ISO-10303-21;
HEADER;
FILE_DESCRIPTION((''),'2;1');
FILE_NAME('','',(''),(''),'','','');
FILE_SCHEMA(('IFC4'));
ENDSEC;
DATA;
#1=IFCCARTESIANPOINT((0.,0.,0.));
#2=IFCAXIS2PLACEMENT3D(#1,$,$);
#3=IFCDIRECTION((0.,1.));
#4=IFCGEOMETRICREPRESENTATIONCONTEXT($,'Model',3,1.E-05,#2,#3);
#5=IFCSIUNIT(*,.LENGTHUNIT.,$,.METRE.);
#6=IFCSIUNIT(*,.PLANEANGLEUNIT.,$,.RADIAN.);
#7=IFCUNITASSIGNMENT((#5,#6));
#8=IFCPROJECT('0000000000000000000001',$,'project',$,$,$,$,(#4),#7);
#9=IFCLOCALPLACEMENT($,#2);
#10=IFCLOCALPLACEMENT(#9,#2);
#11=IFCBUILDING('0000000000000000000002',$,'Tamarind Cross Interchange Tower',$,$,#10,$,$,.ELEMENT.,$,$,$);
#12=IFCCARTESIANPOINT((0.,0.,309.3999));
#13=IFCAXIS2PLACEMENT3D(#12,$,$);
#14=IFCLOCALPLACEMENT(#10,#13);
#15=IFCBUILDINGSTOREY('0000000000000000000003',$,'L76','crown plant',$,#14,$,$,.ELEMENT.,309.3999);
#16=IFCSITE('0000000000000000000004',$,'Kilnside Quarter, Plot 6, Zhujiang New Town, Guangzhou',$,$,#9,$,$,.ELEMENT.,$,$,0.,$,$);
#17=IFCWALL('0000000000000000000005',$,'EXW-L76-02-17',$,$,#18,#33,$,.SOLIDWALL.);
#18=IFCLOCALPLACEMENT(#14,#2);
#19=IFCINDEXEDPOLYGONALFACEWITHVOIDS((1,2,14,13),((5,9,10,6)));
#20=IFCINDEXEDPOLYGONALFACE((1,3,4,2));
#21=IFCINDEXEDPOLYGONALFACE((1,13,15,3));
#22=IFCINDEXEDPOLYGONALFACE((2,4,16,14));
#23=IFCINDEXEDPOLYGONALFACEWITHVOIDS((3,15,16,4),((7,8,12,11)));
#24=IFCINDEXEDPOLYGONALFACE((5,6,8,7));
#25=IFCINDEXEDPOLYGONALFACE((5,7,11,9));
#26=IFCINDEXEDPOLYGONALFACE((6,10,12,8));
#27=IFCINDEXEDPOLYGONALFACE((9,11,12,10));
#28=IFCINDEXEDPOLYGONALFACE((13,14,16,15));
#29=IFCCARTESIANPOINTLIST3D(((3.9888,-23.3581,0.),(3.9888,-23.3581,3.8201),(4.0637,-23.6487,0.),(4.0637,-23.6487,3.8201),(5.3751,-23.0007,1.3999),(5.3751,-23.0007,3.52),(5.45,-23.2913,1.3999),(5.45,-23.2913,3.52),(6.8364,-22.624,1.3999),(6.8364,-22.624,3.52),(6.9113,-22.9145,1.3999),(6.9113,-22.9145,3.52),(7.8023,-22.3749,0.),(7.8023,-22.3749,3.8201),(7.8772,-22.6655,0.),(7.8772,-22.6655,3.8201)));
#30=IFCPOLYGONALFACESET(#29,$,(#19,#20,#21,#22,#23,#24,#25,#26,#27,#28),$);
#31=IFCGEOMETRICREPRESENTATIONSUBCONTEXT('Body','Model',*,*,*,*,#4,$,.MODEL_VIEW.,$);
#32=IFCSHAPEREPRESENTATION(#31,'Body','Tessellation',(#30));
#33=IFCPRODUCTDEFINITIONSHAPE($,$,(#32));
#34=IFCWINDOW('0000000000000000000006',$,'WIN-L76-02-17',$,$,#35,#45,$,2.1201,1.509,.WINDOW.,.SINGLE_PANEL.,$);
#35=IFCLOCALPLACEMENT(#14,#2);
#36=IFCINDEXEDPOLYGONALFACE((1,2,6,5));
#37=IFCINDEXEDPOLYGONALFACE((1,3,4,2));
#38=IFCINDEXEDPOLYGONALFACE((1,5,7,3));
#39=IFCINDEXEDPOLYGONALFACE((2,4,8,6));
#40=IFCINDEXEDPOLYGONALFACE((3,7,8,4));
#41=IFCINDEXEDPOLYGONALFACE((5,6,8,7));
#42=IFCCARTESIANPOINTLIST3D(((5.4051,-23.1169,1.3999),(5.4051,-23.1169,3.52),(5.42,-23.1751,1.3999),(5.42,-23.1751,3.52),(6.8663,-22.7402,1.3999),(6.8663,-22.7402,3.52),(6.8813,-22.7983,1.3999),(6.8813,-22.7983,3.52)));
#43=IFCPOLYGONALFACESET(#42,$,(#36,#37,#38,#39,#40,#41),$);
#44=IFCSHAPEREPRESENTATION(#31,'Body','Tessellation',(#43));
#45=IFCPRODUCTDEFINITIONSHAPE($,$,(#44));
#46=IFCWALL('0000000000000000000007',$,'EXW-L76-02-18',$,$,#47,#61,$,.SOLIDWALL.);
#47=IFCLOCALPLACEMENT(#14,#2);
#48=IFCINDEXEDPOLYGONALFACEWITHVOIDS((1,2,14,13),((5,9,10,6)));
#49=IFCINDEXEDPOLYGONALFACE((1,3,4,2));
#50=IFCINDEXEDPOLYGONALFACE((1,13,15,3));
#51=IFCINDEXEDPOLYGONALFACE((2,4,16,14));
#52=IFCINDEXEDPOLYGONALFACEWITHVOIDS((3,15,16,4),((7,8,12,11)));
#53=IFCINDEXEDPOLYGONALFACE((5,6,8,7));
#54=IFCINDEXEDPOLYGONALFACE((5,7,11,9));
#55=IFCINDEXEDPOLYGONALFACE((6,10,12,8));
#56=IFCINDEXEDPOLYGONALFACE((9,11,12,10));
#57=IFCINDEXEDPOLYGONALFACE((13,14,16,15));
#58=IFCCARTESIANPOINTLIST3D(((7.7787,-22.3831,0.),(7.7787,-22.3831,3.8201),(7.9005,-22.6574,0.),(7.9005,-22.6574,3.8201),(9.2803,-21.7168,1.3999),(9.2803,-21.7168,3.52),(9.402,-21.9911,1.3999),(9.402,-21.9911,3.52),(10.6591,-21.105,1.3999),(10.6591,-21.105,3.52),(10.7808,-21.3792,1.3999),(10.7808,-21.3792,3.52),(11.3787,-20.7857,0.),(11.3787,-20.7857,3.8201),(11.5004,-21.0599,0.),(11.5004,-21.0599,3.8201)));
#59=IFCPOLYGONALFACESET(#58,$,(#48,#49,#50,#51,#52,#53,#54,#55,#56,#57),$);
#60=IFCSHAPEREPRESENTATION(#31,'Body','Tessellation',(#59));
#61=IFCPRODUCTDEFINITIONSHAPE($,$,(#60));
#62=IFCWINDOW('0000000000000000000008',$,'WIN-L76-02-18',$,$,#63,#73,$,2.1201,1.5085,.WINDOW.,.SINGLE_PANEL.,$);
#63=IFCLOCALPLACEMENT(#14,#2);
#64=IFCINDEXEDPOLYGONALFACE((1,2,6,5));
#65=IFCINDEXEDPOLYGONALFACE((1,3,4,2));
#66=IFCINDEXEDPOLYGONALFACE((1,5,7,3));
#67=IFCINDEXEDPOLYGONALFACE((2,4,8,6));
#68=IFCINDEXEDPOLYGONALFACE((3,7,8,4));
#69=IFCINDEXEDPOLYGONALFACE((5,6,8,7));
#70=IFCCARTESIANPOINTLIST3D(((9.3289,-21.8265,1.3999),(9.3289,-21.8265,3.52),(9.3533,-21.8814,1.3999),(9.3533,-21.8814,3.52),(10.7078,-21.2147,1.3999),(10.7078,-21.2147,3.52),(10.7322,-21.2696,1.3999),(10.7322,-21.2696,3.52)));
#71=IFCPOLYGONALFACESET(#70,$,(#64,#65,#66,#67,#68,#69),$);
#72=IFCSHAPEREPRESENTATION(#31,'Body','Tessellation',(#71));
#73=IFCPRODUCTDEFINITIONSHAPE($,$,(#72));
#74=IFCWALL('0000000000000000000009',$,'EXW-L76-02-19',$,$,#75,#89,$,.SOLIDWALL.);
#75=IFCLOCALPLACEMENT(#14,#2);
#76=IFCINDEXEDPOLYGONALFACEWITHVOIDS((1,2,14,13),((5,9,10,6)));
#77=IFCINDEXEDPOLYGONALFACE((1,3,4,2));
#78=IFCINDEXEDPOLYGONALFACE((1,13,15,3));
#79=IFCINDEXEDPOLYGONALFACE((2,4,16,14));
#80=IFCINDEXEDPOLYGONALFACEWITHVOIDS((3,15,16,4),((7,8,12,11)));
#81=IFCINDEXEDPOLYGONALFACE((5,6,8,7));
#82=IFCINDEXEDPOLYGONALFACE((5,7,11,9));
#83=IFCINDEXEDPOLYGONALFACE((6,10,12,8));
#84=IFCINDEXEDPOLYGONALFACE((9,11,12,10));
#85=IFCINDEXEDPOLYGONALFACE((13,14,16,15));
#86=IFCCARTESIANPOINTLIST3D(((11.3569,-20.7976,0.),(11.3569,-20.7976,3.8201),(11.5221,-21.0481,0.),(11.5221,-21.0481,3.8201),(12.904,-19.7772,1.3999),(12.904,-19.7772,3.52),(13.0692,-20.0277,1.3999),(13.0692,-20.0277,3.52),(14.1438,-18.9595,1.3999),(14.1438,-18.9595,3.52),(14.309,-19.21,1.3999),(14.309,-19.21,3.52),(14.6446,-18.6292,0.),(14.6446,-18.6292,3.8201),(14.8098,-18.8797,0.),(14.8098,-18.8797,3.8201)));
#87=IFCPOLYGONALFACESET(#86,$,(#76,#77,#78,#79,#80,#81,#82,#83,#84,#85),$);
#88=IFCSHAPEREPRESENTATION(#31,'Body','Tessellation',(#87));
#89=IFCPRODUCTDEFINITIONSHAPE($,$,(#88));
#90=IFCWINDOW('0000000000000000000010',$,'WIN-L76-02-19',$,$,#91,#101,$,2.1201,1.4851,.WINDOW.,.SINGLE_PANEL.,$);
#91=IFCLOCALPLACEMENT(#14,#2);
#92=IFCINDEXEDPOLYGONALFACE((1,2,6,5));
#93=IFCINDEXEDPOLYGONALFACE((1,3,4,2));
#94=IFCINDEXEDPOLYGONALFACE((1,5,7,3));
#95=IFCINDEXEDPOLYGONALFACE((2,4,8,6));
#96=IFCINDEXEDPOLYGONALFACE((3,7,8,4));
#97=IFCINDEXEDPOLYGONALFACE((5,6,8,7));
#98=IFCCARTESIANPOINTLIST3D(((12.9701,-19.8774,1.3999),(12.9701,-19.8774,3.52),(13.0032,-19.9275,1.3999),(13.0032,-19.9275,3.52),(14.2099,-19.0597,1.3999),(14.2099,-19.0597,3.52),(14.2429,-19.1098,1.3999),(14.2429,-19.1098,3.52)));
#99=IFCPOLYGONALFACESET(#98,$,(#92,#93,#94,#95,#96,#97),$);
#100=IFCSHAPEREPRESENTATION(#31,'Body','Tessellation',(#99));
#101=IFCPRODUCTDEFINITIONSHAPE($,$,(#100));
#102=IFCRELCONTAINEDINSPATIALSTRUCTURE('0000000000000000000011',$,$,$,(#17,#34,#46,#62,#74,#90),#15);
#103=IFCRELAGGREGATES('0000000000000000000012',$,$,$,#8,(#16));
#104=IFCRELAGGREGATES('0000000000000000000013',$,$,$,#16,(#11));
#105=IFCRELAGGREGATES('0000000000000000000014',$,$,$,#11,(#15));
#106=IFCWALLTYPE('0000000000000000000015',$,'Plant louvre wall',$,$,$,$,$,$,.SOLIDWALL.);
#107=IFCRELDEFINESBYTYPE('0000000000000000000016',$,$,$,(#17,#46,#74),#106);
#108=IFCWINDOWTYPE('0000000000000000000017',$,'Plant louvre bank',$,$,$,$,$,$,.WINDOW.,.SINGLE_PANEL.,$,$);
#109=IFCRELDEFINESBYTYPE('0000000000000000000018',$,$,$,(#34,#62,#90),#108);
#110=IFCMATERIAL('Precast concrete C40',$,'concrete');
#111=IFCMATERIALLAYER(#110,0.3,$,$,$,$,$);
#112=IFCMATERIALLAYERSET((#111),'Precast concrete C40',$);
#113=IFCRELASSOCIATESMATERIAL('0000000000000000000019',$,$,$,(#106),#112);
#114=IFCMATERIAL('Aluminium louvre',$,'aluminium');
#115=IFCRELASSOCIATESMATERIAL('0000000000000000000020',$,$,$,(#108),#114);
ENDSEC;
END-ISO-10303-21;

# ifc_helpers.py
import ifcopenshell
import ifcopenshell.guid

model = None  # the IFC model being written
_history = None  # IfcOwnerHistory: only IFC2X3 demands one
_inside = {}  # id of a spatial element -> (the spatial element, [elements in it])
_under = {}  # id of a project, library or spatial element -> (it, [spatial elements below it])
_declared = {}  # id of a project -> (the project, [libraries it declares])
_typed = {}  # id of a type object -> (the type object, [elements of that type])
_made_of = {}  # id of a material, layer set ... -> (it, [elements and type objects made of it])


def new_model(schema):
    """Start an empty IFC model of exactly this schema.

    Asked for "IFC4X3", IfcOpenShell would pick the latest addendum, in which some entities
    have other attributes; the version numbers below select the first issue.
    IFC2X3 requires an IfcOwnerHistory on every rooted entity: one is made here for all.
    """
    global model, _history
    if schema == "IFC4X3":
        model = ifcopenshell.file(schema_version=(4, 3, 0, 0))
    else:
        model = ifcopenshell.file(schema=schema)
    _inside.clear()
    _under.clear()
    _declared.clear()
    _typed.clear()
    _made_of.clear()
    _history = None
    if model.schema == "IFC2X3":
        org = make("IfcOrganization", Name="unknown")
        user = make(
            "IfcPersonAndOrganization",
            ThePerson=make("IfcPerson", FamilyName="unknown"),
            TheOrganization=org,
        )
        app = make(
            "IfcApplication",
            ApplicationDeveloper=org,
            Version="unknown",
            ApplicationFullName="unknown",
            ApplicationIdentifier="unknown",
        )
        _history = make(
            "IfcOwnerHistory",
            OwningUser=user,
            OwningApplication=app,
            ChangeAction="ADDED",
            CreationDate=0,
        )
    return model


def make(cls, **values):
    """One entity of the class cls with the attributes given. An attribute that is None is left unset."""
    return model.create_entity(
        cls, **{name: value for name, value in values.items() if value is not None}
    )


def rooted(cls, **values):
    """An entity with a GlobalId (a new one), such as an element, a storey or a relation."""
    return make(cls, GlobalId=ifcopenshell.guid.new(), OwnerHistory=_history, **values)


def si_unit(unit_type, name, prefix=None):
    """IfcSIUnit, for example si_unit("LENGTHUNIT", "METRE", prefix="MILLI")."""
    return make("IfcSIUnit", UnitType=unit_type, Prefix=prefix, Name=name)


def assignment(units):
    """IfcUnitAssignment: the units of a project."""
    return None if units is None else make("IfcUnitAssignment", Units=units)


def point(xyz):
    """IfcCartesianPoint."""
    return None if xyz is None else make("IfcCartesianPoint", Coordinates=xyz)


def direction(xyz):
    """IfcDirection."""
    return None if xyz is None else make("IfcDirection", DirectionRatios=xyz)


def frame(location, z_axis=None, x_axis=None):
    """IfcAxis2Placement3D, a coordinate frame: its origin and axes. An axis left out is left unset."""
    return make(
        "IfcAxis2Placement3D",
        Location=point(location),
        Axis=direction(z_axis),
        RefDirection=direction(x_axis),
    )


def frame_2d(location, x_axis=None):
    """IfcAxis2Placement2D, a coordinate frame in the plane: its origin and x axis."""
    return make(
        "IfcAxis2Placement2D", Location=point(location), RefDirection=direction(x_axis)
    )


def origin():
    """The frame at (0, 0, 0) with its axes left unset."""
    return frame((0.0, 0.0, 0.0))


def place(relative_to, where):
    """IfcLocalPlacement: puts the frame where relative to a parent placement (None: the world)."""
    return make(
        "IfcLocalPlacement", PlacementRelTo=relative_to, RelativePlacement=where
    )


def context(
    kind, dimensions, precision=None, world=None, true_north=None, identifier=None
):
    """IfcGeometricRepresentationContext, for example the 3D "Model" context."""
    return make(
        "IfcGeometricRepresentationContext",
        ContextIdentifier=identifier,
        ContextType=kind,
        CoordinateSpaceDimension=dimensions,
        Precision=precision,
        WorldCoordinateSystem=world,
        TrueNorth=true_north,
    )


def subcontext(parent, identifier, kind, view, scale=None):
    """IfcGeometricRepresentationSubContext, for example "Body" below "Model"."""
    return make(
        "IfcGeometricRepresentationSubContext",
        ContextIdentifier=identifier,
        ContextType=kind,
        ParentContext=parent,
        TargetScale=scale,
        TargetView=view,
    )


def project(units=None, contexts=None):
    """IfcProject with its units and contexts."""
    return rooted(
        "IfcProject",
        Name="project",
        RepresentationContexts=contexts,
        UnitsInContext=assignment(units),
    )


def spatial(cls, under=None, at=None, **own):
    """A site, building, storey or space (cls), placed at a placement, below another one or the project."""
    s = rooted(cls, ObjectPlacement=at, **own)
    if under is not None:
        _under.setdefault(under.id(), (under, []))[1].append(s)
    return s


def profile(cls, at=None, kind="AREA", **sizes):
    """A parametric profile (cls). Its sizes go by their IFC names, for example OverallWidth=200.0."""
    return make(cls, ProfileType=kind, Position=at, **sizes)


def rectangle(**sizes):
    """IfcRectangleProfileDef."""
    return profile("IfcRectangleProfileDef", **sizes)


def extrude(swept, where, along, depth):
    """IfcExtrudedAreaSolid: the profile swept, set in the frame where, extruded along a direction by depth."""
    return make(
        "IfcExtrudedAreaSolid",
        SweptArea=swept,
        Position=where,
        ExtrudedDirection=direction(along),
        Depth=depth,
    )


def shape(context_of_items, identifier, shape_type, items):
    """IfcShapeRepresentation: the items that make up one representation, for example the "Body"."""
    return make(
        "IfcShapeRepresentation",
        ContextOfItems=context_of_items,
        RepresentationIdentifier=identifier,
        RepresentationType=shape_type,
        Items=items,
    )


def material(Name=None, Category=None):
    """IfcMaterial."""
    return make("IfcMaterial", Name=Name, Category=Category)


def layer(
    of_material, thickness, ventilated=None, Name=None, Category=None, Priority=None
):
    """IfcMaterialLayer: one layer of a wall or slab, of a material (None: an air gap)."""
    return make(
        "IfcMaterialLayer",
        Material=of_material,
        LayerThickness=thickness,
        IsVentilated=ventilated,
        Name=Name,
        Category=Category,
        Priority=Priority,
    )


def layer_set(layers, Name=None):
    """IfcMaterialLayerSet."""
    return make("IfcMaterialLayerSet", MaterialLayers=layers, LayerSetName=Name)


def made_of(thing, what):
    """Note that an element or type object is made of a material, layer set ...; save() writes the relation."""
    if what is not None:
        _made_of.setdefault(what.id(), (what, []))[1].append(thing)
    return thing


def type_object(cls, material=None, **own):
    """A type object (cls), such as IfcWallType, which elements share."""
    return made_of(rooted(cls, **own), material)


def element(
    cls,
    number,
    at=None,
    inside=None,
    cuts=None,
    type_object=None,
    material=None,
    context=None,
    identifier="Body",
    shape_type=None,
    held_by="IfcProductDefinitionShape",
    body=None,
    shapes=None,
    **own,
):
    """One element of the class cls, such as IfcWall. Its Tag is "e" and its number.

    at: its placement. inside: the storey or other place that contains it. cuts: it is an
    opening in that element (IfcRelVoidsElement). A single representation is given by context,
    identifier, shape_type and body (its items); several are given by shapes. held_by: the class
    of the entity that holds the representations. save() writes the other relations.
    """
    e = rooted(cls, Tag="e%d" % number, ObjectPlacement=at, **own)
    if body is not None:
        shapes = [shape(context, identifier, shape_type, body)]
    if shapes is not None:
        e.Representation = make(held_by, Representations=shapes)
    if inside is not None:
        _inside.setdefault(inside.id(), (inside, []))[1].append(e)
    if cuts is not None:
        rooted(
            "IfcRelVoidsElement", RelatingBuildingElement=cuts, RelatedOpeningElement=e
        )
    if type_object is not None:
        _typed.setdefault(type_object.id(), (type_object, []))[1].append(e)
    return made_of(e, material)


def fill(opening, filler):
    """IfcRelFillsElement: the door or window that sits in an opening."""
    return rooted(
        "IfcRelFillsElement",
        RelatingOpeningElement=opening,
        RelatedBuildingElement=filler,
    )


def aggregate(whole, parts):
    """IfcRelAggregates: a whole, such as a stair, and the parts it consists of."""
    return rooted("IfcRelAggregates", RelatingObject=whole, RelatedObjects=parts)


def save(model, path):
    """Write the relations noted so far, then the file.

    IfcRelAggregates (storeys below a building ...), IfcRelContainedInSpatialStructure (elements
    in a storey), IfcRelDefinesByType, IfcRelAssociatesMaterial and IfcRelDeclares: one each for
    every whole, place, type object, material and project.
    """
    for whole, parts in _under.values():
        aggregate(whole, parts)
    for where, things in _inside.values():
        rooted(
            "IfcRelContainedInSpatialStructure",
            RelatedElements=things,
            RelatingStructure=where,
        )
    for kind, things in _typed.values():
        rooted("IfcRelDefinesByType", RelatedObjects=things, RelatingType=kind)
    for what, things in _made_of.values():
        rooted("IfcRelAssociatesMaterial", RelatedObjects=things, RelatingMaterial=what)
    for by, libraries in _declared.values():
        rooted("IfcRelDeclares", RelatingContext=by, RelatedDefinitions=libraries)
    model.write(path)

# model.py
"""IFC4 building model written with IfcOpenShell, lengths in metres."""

from ifc_helpers import new_model, si_unit, direction, frame, frame_2d, origin, place, context, subcontext, project, spatial, rectangle, extrude, material, layer, layer_set, type_object, element, fill, save


model = new_model("IFC4")

# Units and contexts
model_context = context("Model", 3, precision=1e-05, world=origin(), true_north=direction((0.0, 1.0)))
body_context = subcontext(model_context, "Body", "Model", "MODEL_VIEW")
ifc_project = project(units=[si_unit("LENGTHUNIT", "METRE"), si_unit("PLANEANGLEUNIT", "RADIAN")], contexts=[model_context])

# Site, building, storey
site_placement = place(None, origin())
site = spatial("IfcSite", under=ifc_project, at=site_placement, Name="Kilnside Quarter, Plot 6, Zhujiang New Town, Guangzhou", CompositionType="ELEMENT", RefElevation=0.0)
building_placement = place(site_placement, origin())
building = spatial("IfcBuilding", under=site, at=building_placement, Name="Tamarind Cross Interchange Tower", CompositionType="ELEMENT")
storey_placement = place(building_placement, frame((0.0, 0.0, 309.3999)))
storey = spatial("IfcBuildingStorey", under=building, at=storey_placement, Name="L76", Description="crown plant", CompositionType="ELEMENT", Elevation=309.3999)

# Walls, openings, windows
ifc_material_1 = material(Name="Precast concrete C40", Category="concrete")
ifc_layer_1 = layer(ifc_material_1, 0.3)
ifc_layer_set_1 = layer_set([ifc_layer_1], Name="Precast concrete C40")
wall_type_1 = type_object("IfcWallType", Name="Plant louvre wall", PredefinedType="SOLIDWALL", material=ifc_layer_set_1)
ifc_material_2 = material(Name="Aluminium louvre", Category="aluminium")
window_type = type_object("IfcWindowType", Name="Plant louvre bank", PartitioningType="SINGLE_PANEL", PredefinedType="WINDOW", material=ifc_material_2)
wall_1_placement = place(storey_placement, frame((4.0261, -23.5034, 0.0), z_axis=(0.0, 0.0, 1.0), x_axis=(0.968337, 0.249647, 0.0)))
wall_1 = element("IfcWall", 1, at=wall_1_placement, inside=storey, type_object=wall_type_1, Name="EXW-L76-02-17", PredefinedType="SOLIDWALL", context=body_context, shape_type="SweptSolid", body=[
    extrude(rectangle(XDim=3.9382, YDim=0.3, at=frame_2d((1.9692, 0.0))), origin(), (0.0, 0.0, 1.0), 3.8201),
])
opening_1_placement = place(wall_1_placement, frame((1.4319, 0.0, 1.3999)))
opening_1 = element("IfcOpeningElement", 2, at=opening_1_placement, cuts=wall_1, PredefinedType="OPENING", context=body_context, shape_type="SweptSolid", body=[
    extrude(rectangle(XDim=1.509, YDim=2.1201, at=frame_2d((0.7544, 1.0601))), frame((0.0, 0.1599, 0.0), z_axis=(0.0, -1.0, 0.0), x_axis=(1.0, 0.0, 0.0)), (0.0, 0.0, 1.0), 0.3201),
])
window_1_placement = place(opening_1_placement, origin())
window_1 = element("IfcWindow", 3, at=window_1_placement, inside=storey, type_object=window_type, Name="WIN-L76-02-17", OverallHeight=2.1201, OverallWidth=1.509, PartitioningType="SINGLE_PANEL", PredefinedType="WINDOW", context=body_context, shape_type="SweptSolid", body=[
    extrude(rectangle(XDim=1.509, YDim=2.1201, at=frame_2d((0.7544, 1.0601))), frame((0.0, 0.03, 0.0), z_axis=(0.0, -1.0, 0.0), x_axis=(1.0, 0.0, 0.0)), (0.0, 0.0, 1.0), 0.0601),
])
fill(opening_1, window_1)
wall_2_placement = place(storey_placement, frame((7.8396, -22.5203, 0.0), z_axis=(0.0, 0.0, 1.0), x_axis=(0.914049, 0.405603, 0.0)))
wall_2 = element("IfcWall", 4, at=wall_2_placement, inside=storey, type_object=wall_type_1, Name="EXW-L76-02-18", PredefinedType="SOLIDWALL", context=body_context, shape_type="SweptSolid", body=[
    extrude(rectangle(XDim=3.9385, YDim=0.3, at=frame_2d((1.9692, 0.0))), origin(), (0.0, 0.0, 1.0), 3.8201),
])
opening_2_placement = place(wall_2_placement, frame((1.6426, 0.0, 1.3999)))
opening_2 = element("IfcOpeningElement", 5, at=opening_2_placement, cuts=wall_2, PredefinedType="OPENING", context=body_context, shape_type="SweptSolid", body=[
    extrude(rectangle(XDim=1.5085, YDim=2.1201, at=frame_2d((0.7544, 1.0601))), frame((0.0, 0.1599, 0.0), z_axis=(0.0, -1.0, 0.0), x_axis=(1.0, 0.0, 0.0)), (0.0, 0.0, 1.0), 0.3201),
])
window_2_placement = place(opening_2_placement, origin())
window_2 = element("IfcWindow", 6, at=window_2_placement, inside=storey, type_object=window_type, Name="WIN-L76-02-18", OverallHeight=2.1201, OverallWidth=1.5085, PartitioningType="SINGLE_PANEL", PredefinedType="WINDOW", context=body_context, shape_type="SweptSolid", body=[
    extrude(rectangle(XDim=1.5085, YDim=2.1201, at=frame_2d((0.7544, 1.0601))), frame((0.0, 0.03, 0.0), z_axis=(0.0, -1.0, 0.0), x_axis=(1.0, 0.0, 0.0)), (0.0, 0.0, 1.0), 0.0601),
])
fill(opening_2, window_2)
wall_3_placement = place(storey_placement, frame((11.4395, -20.9229, 0.0), z_axis=(0.0, 0.0, 1.0), x_axis=(0.834787, 0.550574, 0.0)))
wall_3 = element("IfcWall", 7, at=wall_3_placement, inside=storey, type_object=wall_type_1, Name="EXW-L76-02-19", PredefinedType="SOLIDWALL", context=body_context, shape_type="SweptSolid", body=[
    extrude(rectangle(XDim=3.9385, YDim=0.3, at=frame_2d((1.9692, 0.0))), origin(), (0.0, 0.0, 1.0), 3.8201),
])
opening_3_placement = place(wall_3_placement, frame((1.8533, 0.0, 1.3999)))
opening_3 = element("IfcOpeningElement", 8, at=opening_3_placement, cuts=wall_3, PredefinedType="OPENING", context=body_context, shape_type="SweptSolid", body=[
    extrude(rectangle(XDim=1.4851, YDim=2.1201, at=frame_2d((0.7427, 1.0601))), frame((0.0, 0.1599, 0.0), z_axis=(0.0, -1.0, 0.0), x_axis=(1.0, 0.0, 0.0)), (0.0, 0.0, 1.0), 0.3201),
])
window_3_placement = place(opening_3_placement, origin())
window_3 = element("IfcWindow", 9, at=window_3_placement, inside=storey, type_object=window_type, Name="WIN-L76-02-19", OverallHeight=2.1201, OverallWidth=1.4851, PartitioningType="SINGLE_PANEL", PredefinedType="WINDOW", context=body_context, shape_type="SweptSolid", body=[
    extrude(rectangle(XDim=1.4851, YDim=2.1201, at=frame_2d((0.7427, 1.0601))), frame((0.0, 0.03, 0.0), z_axis=(0.0, -1.0, 0.0), x_axis=(1.0, 0.0, 0.0)), (0.0, 0.0, 1.0), 0.0601),
])
fill(opening_3, window_3)

save(model, "model.ifc")
